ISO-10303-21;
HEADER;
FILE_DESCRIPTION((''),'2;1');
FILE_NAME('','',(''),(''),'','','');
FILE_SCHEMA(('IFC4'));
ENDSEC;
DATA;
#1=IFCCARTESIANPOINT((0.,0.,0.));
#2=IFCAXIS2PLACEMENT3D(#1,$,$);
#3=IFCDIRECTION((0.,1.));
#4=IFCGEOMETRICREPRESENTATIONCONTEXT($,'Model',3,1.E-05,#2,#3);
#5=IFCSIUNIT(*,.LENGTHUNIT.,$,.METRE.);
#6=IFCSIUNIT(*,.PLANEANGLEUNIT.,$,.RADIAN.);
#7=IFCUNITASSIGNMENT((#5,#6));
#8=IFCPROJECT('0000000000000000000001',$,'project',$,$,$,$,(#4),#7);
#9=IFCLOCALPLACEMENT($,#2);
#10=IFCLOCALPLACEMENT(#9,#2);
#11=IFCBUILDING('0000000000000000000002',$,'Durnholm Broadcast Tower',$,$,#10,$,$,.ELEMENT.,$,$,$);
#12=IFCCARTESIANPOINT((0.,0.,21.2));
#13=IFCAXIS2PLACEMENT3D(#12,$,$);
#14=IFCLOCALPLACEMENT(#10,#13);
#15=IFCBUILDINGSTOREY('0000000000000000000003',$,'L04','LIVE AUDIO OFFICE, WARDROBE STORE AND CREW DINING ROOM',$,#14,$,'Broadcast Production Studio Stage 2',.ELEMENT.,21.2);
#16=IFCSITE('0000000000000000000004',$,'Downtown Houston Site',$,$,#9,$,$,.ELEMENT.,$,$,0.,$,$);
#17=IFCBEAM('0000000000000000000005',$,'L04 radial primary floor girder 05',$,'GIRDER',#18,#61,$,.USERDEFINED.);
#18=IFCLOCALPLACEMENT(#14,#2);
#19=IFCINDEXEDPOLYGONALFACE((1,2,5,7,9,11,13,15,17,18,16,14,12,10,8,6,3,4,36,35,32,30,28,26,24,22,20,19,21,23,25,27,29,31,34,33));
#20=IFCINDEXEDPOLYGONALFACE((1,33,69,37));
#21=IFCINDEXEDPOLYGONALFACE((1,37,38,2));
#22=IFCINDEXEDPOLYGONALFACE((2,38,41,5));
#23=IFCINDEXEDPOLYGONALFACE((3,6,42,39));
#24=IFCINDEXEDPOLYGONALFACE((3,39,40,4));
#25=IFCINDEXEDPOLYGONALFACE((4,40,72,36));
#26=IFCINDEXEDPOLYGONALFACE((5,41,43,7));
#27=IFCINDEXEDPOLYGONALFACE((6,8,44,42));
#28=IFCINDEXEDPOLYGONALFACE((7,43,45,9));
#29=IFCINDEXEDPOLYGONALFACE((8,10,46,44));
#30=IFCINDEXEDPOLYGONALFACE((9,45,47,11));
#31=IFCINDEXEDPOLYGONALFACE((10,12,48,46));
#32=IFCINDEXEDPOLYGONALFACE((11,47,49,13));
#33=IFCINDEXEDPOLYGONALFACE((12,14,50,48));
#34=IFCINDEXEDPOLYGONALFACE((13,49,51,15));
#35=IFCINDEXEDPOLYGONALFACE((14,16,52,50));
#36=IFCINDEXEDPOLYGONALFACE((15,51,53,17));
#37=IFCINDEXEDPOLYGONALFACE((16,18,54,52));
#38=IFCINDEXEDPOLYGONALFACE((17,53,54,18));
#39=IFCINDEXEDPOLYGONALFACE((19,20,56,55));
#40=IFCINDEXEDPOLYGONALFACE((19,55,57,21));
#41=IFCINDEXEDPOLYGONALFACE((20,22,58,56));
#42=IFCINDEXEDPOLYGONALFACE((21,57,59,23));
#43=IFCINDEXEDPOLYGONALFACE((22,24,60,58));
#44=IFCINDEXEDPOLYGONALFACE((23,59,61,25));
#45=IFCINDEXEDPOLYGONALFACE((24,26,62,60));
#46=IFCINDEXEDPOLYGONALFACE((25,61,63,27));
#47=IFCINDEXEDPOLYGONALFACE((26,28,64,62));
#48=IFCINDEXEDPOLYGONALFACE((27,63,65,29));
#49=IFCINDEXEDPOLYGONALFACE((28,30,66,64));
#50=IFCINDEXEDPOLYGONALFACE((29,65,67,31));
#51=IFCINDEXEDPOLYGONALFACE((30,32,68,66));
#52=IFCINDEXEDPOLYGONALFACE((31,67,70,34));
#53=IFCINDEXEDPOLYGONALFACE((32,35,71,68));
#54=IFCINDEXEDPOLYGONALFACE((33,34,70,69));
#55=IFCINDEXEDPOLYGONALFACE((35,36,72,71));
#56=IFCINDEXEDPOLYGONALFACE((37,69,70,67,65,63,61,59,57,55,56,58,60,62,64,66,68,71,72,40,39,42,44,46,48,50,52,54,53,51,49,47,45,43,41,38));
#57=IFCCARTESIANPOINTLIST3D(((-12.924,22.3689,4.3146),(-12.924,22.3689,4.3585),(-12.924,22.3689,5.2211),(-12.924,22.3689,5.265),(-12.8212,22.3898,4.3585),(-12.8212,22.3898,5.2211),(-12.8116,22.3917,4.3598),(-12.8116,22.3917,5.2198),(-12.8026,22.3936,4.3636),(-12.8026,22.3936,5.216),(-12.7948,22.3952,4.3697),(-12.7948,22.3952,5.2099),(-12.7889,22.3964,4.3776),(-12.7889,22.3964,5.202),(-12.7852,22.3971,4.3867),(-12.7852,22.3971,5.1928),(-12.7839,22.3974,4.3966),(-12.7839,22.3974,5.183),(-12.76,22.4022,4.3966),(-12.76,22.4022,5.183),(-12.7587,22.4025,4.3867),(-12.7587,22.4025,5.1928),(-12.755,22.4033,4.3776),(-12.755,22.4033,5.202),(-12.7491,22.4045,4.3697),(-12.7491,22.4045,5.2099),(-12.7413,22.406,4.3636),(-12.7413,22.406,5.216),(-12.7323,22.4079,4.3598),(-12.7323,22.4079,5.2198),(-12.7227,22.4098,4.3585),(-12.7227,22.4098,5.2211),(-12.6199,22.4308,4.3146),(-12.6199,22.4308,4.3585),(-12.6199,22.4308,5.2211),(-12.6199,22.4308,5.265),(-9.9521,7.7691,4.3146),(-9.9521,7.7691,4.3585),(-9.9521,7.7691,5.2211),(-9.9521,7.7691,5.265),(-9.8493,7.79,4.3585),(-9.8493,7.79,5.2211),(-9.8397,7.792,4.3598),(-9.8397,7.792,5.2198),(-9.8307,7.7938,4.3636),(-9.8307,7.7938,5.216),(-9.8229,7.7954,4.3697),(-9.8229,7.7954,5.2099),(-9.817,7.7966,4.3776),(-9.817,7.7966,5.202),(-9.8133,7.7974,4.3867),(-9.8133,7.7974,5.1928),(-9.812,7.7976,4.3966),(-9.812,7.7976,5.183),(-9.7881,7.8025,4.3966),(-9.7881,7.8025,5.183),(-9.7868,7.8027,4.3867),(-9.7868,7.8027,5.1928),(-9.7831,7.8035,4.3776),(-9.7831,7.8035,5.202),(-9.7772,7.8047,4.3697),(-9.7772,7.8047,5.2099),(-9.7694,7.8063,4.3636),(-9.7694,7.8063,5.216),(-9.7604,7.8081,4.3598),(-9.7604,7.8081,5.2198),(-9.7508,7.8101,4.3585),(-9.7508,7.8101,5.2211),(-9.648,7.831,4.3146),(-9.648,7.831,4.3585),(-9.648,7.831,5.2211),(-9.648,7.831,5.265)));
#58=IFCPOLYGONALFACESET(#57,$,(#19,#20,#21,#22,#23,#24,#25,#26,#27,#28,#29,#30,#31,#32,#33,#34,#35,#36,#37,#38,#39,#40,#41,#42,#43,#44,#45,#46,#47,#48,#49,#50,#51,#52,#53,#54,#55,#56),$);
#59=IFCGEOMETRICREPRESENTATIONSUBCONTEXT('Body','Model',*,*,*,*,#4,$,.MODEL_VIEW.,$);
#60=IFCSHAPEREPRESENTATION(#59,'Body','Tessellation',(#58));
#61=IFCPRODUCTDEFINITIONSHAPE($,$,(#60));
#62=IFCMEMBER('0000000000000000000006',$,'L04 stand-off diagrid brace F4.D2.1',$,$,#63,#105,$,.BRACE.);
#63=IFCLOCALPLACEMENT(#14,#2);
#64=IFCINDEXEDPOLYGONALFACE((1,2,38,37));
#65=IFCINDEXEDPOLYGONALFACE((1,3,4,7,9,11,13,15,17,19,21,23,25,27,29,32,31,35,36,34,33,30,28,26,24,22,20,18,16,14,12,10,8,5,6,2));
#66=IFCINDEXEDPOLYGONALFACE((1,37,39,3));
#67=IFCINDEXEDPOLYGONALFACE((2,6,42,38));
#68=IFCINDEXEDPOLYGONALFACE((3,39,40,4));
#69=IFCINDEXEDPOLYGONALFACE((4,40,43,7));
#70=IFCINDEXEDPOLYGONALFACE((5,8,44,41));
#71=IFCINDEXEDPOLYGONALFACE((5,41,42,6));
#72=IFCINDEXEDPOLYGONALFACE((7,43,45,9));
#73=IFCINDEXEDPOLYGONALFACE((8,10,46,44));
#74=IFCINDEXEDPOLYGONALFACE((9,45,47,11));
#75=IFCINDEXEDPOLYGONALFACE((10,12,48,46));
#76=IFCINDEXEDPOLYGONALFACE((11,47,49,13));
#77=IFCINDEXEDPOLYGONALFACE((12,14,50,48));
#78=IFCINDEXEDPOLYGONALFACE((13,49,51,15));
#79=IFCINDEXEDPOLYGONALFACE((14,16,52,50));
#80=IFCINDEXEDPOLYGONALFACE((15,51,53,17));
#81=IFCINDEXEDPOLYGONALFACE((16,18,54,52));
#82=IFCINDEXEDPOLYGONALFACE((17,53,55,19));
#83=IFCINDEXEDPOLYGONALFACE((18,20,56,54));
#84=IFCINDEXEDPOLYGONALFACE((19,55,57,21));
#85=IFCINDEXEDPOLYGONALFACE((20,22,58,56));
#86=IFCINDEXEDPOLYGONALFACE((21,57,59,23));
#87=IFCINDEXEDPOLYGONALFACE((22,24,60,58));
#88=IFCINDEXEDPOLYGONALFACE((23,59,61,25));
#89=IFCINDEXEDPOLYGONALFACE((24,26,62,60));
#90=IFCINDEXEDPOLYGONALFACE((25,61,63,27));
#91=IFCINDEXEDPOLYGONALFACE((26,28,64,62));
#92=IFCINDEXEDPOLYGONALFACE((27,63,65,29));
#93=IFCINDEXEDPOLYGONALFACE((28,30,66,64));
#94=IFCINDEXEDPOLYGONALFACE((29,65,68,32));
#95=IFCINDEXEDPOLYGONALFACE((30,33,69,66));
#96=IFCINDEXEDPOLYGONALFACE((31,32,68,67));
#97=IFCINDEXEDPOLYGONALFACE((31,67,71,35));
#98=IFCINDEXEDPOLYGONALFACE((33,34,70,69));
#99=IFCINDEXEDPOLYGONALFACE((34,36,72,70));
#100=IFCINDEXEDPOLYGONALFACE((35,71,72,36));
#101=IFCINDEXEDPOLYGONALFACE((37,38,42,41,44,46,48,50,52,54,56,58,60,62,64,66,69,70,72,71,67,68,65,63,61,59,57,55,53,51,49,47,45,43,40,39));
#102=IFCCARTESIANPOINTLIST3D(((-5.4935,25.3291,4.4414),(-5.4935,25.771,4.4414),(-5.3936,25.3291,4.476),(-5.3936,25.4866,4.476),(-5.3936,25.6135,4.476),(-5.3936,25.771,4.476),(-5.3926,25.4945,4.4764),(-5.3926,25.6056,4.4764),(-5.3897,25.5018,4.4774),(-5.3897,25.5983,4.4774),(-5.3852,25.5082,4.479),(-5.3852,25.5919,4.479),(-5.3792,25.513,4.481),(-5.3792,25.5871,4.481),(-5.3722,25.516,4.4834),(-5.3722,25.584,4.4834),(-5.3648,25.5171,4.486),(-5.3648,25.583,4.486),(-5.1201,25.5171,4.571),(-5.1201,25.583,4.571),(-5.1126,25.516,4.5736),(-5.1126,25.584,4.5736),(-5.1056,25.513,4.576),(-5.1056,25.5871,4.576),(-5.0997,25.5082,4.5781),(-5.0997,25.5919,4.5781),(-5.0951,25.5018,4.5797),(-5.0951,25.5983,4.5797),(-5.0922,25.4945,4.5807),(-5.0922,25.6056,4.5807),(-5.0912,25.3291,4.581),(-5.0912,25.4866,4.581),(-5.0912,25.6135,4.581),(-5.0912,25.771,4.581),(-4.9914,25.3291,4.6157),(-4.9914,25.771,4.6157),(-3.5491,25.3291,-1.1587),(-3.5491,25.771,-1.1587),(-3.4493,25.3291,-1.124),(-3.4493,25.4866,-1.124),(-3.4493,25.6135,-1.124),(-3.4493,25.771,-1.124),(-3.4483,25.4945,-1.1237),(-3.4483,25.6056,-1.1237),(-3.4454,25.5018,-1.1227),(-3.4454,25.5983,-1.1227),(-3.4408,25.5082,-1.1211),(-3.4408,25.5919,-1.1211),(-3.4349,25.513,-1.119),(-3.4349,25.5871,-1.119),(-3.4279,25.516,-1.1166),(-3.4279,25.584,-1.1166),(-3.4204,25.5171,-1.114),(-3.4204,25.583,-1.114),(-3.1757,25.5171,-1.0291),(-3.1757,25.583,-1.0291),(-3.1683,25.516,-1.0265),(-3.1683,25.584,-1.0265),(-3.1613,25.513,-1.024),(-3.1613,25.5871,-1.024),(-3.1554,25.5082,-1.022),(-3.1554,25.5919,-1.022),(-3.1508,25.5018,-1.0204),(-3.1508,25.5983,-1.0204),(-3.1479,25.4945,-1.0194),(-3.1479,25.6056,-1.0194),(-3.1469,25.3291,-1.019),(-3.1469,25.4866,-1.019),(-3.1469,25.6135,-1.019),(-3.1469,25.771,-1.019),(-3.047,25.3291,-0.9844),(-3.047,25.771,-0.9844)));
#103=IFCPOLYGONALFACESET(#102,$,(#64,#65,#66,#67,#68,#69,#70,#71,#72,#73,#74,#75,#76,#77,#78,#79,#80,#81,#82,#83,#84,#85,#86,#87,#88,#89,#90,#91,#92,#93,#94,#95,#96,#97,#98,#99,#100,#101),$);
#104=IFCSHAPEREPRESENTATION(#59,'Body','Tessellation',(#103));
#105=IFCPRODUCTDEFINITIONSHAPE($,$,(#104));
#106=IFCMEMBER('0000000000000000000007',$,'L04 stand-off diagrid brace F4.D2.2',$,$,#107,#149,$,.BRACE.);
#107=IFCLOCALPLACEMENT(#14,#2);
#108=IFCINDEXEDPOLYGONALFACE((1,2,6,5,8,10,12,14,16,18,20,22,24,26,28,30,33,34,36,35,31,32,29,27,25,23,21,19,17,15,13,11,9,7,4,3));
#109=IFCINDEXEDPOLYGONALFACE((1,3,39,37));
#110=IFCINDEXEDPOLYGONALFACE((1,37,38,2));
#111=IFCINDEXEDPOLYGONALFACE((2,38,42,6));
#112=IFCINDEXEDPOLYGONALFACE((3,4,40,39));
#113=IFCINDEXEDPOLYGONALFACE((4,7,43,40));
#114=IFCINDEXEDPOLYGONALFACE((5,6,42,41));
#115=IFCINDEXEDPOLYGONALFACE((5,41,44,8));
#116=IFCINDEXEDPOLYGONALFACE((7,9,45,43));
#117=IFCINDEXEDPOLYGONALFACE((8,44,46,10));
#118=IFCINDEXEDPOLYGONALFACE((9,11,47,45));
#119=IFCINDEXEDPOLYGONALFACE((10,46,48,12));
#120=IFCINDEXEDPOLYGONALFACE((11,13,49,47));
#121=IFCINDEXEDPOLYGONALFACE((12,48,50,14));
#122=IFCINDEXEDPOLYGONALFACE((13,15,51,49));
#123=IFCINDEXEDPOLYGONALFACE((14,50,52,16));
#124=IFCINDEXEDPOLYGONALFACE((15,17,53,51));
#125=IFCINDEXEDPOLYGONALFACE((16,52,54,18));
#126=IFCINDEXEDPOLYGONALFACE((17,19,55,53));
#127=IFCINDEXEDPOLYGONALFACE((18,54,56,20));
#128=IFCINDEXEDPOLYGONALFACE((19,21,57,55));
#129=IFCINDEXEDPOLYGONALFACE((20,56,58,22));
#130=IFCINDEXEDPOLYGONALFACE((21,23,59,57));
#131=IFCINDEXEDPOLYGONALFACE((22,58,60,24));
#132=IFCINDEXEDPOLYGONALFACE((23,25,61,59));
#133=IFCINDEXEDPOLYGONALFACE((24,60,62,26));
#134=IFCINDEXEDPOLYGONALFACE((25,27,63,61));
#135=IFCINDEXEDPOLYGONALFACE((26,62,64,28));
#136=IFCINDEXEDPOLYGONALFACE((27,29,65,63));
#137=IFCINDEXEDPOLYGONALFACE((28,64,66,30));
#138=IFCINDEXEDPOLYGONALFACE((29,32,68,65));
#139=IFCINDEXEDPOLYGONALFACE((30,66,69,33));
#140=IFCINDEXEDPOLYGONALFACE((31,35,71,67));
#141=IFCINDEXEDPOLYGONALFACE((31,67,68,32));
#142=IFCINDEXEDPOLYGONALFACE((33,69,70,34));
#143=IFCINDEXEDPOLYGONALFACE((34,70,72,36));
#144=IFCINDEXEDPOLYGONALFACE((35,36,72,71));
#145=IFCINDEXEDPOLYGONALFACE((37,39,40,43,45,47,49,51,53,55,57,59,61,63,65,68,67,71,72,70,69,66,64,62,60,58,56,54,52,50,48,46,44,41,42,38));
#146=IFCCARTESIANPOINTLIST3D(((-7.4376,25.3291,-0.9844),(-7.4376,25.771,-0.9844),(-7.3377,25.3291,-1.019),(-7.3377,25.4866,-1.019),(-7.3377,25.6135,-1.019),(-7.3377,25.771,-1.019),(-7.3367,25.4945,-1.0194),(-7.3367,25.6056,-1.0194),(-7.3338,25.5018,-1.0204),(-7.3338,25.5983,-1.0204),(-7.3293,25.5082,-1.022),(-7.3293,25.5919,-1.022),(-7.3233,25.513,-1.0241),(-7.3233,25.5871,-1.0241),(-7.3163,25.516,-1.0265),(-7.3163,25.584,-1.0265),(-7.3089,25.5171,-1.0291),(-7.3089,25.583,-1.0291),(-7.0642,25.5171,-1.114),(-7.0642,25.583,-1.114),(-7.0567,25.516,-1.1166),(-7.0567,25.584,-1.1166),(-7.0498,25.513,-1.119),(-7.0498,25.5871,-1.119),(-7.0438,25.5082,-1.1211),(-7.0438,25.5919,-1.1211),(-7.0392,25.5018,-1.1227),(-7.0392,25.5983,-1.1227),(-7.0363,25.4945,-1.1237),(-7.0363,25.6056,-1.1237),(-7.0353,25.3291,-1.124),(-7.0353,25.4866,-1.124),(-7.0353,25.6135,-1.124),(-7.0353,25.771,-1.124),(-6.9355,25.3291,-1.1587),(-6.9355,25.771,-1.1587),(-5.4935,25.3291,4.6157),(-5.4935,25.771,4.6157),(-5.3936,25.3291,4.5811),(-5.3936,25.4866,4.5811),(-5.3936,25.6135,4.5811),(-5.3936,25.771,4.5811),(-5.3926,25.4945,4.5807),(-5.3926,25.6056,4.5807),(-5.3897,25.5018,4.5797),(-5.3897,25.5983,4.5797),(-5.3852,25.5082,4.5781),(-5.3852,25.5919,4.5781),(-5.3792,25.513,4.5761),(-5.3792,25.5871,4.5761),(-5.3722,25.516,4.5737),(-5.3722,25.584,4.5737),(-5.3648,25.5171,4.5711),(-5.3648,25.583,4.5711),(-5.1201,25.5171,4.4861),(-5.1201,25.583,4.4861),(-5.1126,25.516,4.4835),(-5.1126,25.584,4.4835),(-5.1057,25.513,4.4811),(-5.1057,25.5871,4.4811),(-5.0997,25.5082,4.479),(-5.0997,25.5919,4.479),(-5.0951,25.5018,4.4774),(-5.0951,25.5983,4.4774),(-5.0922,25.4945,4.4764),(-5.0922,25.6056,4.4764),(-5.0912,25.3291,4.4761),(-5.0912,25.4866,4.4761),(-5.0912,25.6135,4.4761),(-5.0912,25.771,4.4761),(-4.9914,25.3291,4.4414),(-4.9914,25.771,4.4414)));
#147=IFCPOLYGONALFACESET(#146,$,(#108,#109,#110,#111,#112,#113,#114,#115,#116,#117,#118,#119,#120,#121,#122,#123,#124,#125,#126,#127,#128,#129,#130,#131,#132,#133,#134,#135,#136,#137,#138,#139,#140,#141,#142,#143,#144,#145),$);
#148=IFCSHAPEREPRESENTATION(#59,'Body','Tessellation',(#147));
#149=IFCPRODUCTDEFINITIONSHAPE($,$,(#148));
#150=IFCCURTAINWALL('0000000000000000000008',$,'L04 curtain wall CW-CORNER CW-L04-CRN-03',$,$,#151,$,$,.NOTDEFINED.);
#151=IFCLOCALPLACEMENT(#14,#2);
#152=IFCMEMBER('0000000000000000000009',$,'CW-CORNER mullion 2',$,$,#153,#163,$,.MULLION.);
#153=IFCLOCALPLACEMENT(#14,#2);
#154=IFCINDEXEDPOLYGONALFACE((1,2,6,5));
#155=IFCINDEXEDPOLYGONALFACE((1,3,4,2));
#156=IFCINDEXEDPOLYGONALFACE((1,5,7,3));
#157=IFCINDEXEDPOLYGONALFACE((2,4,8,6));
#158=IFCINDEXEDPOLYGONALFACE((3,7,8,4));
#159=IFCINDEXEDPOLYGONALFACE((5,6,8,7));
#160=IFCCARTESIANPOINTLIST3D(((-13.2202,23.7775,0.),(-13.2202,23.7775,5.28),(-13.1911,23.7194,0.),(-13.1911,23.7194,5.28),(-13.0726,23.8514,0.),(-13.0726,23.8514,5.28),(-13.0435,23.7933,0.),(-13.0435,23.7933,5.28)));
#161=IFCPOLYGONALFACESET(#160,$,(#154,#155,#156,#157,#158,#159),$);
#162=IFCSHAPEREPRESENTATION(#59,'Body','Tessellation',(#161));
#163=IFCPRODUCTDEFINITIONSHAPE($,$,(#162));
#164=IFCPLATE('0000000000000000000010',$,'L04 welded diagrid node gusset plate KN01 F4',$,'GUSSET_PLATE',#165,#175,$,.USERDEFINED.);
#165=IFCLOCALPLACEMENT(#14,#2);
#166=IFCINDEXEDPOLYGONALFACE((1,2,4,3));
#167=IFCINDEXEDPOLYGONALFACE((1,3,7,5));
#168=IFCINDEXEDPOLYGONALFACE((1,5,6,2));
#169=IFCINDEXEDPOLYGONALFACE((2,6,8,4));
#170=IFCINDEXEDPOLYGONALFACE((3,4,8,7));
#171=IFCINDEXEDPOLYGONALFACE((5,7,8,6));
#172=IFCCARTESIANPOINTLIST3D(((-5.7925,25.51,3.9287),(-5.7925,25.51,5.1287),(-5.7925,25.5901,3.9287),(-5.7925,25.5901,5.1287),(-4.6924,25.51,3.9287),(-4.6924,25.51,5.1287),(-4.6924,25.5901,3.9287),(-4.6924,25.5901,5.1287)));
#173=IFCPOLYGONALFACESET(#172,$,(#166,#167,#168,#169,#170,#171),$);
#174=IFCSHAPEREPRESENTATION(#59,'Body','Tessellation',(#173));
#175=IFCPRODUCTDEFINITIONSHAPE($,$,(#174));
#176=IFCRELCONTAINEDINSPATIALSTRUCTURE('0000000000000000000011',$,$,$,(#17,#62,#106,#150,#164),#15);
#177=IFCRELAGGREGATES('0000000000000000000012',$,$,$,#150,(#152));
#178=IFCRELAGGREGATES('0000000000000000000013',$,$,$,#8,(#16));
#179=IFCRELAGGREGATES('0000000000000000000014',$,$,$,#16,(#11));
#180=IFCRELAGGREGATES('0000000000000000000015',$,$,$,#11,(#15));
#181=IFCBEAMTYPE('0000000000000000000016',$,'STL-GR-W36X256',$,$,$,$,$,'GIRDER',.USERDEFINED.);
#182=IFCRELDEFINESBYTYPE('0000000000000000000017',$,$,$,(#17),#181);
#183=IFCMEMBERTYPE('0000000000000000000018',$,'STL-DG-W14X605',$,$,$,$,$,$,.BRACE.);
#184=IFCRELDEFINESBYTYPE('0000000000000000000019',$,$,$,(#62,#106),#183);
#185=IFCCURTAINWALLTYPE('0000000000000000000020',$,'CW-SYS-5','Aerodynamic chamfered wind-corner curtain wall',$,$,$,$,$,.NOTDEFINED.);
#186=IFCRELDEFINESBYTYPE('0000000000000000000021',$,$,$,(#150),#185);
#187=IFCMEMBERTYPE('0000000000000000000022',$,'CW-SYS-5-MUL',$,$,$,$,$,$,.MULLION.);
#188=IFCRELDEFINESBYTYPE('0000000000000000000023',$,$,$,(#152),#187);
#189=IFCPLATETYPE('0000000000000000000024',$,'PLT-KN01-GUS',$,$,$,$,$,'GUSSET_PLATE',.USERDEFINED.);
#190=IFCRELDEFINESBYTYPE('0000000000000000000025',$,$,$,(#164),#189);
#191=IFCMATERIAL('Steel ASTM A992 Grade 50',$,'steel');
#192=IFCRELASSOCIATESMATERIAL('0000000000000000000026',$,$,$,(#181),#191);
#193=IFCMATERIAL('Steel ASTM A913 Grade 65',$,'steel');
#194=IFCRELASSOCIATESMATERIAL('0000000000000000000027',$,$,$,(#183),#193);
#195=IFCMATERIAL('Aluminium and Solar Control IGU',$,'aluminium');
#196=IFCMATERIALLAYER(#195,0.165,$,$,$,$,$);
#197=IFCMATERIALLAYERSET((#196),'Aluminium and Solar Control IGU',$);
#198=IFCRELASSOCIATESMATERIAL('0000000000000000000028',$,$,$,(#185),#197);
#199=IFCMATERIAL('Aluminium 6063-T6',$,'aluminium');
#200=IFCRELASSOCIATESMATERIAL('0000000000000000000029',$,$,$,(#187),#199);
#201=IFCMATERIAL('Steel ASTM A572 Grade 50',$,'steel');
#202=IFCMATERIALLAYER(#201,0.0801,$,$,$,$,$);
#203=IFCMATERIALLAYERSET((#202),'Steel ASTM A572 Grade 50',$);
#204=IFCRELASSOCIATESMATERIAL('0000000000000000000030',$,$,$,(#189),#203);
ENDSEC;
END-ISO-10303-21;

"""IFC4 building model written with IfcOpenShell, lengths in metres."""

from ifc_helpers import new_model, si_unit, direction, frame, origin, origin_2d, place, context, subcontext, project, spatial, rectangle, i_section, extrude, source, transform, mapped, material, layer, layer_set, material_profile, profile_set, type_object, type_shapes, element, aggregate, save


model = new_model("IFC4")

# Units and contexts
model_context = context("Model", 3, precision=1e-05, world=origin(), true_north=direction((0.0, 1.0)))
body_context = subcontext(model_context, "Body", "Model", "MODEL_VIEW")
ifc_project = project(units=[si_unit("LENGTHUNIT", "METRE"), si_unit("PLANEANGLEUNIT", "RADIAN")], contexts=[model_context])

# Site, building, storey
site_placement = place(None, origin())
site = spatial("IfcSite", under=ifc_project, at=site_placement, Name="Downtown Houston Site", CompositionType="ELEMENT", RefElevation=0.0)
building_placement = place(site_placement, origin())
building = spatial("IfcBuilding", under=site, at=building_placement, Name="Durnholm Broadcast Tower", CompositionType="ELEMENT")
storey_placement = place(building_placement, frame((0.0, 0.0, 21.2)))
storey = spatial("IfcBuildingStorey", under=building, at=storey_placement, Name="L04", Description="LIVE AUDIO OFFICE, WARDROBE STORE AND CREW DINING ROOM", LongName="Broadcast Production Studio Stage 2", CompositionType="ELEMENT", Elevation=21.2)

# Shared definitions
ifc_material_1 = material(Name="Steel ASTM A913 Grade 65", Category="steel")

# Beam
ifc_material_2 = material(Name="Steel ASTM A992 Grade 50", Category="steel")
ifc_material_profile_1 = material_profile(ifc_material_2, i_section(OverallWidth=0.3103, OverallDepth=0.9504, WebThickness=0.0244, FlangeThickness=0.0439, FilletRadius=0.0381, at=origin_2d()), Name="W36X256")
ifc_profile_set_1 = profile_set([ifc_material_profile_1], Name="Steel ASTM A992 Grade 50")
beam_type_1 = type_object("IfcBeamType", Name="STL-GR-W36X256", ElementType="GIRDER", PredefinedType="USERDEFINED", material=ifc_profile_set_1)
shared_shape_1 = source(origin(), body_context, "Body", "SweptSolid", [
    extrude(i_section(OverallWidth=0.3103, OverallDepth=0.9504, WebThickness=0.0244, FlangeThickness=0.0439, FilletRadius=0.0381, at=origin_2d()), origin(), (0.0, 0.0, 1.0), 14.8992),
])
beam_1_placement = place(storey_placement, frame((-9.8, 7.8, 4.7898), z_axis=(-0.199468, 0.979904, 0.0), x_axis=(-0.979904, -0.199468, 0.0)))
element("IfcBeam", 1, at=beam_1_placement, inside=storey, type_object=beam_type_1, Name="L04 radial primary floor girder 05", ObjectType="GIRDER", PredefinedType="USERDEFINED", context=body_context, shape_type="MappedRepresentation", body=[
    mapped(shared_shape_1, transform((0.0, 0.0, 0.0), x_axis=(1.0, 0.0, 0.0), y_axis=(0.0, 1.0, 0.0), z_axis=(0.0, 0.0, 1.0), scale=1.0)),
])

# Members
ifc_material_profile_2 = material_profile(ifc_material_1, i_section(OverallWidth=0.4419, OverallDepth=0.5315, WebThickness=0.0659, FlangeThickness=0.1057, FilletRadius=0.0305, at=origin_2d()), Name="W14X605")
ifc_profile_set_2 = profile_set([ifc_material_profile_2], Name="Steel ASTM A913 Grade 65")
member_type_1 = type_object("IfcMemberType", Name="STL-DG-W14X605", PredefinedType="BRACE", material=ifc_profile_set_2)
shared_shape_2 = source(origin(), body_context, "Body", "SweptSolid", [
    extrude(i_section(OverallWidth=0.4419, OverallDepth=0.5315, WebThickness=0.0659, FlangeThickness=0.1057, FilletRadius=0.0305, at=origin_2d()), origin(), (0.0, 0.0, 1.0), 5.928),
])
type_shapes(member_type_1, [shared_shape_2])
for number, where, z_axis, x_axis, name in (
    (2, (-3.2981, 25.55, -1.0715), (-0.32799, 0.0, 0.944681), (0.0, -1.0, 0.0), "L04 stand-off diagrid brace F4.D2.1"),
    (3, (-7.1865, 25.55, -1.0715), (0.327953, 0.0, 0.944694), (0.0, 1.0, 0.0), "L04 stand-off diagrid brace F4.D2.2"),
):
    element("IfcMember", number, at=place(storey_placement, frame(where, z_axis=z_axis, x_axis=x_axis)), inside=storey, type_object=member_type_1, Name=name, PredefinedType="BRACE", context=body_context, shape_type="MappedRepresentation", body=[
        mapped(shared_shape_2, transform((0.0, 0.0, 0.0), x_axis=(1.0, 0.0, 0.0), y_axis=(0.0, 1.0, 0.0), z_axis=(0.0, 0.0, 1.0), scale=1.0)),
    ])

# Curtain wall, member
ifc_material_3 = material(Name="Aluminium and Solar Control IGU", Category="aluminium")
ifc_layer_1 = layer(ifc_material_3, 0.165)
ifc_layer_set_1 = layer_set([ifc_layer_1], Name="Aluminium and Solar Control IGU")
curtain_wall_type = type_object("IfcCurtainWallType", Name="CW-SYS-5", Description="Aerodynamic chamfered wind-corner curtain wall", PredefinedType="NOTDEFINED", material=ifc_layer_set_1)
curtain_wall_placement = place(storey_placement, origin())
curtain_wall = element("IfcCurtainWall", 4, at=curtain_wall_placement, inside=storey, type_object=curtain_wall_type, Name="L04 curtain wall CW-CORNER CW-L04-CRN-03", PredefinedType="NOTDEFINED")
ifc_material_4 = material(Name="Aluminium 6063-T6", Category="aluminium")
ifc_material_profile_3 = material_profile(ifc_material_4, rectangle(XDim=0.0649, YDim=0.165, at=origin_2d()), Name="CWM65X165")
ifc_profile_set_3 = profile_set([ifc_material_profile_3], Name="Aluminium 6063-T6")
member_type_2 = type_object("IfcMemberType", Name="CW-SYS-5-MUL", PredefinedType="MULLION", material=ifc_profile_set_3)
shared_shape_3 = source(origin(), body_context, "Body", "SweptSolid", [
    extrude(rectangle(XDim=0.0649, YDim=0.165, at=origin_2d()), origin(), (0.0, 0.0, 1.0), 5.28),
])
type_shapes(member_type_2, [shared_shape_3])
member_placement = place(storey_placement, frame((-13.1318, 23.7854, 0.0), z_axis=(0.0, 0.0, 1.0), x_axis=(-0.447673, 0.894197, 0.0)))
member = element("IfcMember", 5, at=member_placement, type_object=member_type_2, Name="CW-CORNER mullion 2", PredefinedType="MULLION", context=body_context, shape_type="MappedRepresentation", body=[
    mapped(shared_shape_3, transform((0.0, 0.0, 0.0), x_axis=(1.0, 0.0, 0.0), y_axis=(0.0, 1.0, 0.0), z_axis=(0.0, 0.0, 1.0), scale=1.0)),
])
aggregate(curtain_wall, [member])

# Plate
ifc_material_5 = material(Name="Steel ASTM A572 Grade 50", Category="steel")
ifc_layer_2 = layer(ifc_material_5, 0.0801)
ifc_layer_set_2 = layer_set([ifc_layer_2], Name="Steel ASTM A572 Grade 50")
plate_type = type_object("IfcPlateType", Name="PLT-KN01-GUS", ElementType="GUSSET_PLATE", PredefinedType="USERDEFINED", material=ifc_layer_set_2)
shared_shape_4 = source(origin(), body_context, "Body", "SweptSolid", [
    extrude(rectangle(XDim=1.1001, YDim=0.0801, at=origin_2d()), origin(), (0.0, 0.0, 1.0), 1.2),
])
type_shapes(plate_type, [shared_shape_4])
plate_placement = place(storey_placement, frame((-5.2424, 25.55, 3.9287), z_axis=(0.0, 0.0, 1.0), x_axis=(-1.0, 0.0, 0.0)))
element("IfcPlate", 6, at=plate_placement, inside=storey, type_object=plate_type, Name="L04 welded diagrid node gusset plate KN01 F4", ObjectType="GUSSET_PLATE", PredefinedType="USERDEFINED", context=body_context, shape_type="MappedRepresentation", body=[
    mapped(shared_shape_4, transform((0.0, 0.0, 0.0), x_axis=(1.0, 0.0, 0.0), y_axis=(0.0, 1.0, 0.0), z_axis=(0.0, 0.0, 1.0), scale=1.0)),
])

save(model, "model.ifc")
